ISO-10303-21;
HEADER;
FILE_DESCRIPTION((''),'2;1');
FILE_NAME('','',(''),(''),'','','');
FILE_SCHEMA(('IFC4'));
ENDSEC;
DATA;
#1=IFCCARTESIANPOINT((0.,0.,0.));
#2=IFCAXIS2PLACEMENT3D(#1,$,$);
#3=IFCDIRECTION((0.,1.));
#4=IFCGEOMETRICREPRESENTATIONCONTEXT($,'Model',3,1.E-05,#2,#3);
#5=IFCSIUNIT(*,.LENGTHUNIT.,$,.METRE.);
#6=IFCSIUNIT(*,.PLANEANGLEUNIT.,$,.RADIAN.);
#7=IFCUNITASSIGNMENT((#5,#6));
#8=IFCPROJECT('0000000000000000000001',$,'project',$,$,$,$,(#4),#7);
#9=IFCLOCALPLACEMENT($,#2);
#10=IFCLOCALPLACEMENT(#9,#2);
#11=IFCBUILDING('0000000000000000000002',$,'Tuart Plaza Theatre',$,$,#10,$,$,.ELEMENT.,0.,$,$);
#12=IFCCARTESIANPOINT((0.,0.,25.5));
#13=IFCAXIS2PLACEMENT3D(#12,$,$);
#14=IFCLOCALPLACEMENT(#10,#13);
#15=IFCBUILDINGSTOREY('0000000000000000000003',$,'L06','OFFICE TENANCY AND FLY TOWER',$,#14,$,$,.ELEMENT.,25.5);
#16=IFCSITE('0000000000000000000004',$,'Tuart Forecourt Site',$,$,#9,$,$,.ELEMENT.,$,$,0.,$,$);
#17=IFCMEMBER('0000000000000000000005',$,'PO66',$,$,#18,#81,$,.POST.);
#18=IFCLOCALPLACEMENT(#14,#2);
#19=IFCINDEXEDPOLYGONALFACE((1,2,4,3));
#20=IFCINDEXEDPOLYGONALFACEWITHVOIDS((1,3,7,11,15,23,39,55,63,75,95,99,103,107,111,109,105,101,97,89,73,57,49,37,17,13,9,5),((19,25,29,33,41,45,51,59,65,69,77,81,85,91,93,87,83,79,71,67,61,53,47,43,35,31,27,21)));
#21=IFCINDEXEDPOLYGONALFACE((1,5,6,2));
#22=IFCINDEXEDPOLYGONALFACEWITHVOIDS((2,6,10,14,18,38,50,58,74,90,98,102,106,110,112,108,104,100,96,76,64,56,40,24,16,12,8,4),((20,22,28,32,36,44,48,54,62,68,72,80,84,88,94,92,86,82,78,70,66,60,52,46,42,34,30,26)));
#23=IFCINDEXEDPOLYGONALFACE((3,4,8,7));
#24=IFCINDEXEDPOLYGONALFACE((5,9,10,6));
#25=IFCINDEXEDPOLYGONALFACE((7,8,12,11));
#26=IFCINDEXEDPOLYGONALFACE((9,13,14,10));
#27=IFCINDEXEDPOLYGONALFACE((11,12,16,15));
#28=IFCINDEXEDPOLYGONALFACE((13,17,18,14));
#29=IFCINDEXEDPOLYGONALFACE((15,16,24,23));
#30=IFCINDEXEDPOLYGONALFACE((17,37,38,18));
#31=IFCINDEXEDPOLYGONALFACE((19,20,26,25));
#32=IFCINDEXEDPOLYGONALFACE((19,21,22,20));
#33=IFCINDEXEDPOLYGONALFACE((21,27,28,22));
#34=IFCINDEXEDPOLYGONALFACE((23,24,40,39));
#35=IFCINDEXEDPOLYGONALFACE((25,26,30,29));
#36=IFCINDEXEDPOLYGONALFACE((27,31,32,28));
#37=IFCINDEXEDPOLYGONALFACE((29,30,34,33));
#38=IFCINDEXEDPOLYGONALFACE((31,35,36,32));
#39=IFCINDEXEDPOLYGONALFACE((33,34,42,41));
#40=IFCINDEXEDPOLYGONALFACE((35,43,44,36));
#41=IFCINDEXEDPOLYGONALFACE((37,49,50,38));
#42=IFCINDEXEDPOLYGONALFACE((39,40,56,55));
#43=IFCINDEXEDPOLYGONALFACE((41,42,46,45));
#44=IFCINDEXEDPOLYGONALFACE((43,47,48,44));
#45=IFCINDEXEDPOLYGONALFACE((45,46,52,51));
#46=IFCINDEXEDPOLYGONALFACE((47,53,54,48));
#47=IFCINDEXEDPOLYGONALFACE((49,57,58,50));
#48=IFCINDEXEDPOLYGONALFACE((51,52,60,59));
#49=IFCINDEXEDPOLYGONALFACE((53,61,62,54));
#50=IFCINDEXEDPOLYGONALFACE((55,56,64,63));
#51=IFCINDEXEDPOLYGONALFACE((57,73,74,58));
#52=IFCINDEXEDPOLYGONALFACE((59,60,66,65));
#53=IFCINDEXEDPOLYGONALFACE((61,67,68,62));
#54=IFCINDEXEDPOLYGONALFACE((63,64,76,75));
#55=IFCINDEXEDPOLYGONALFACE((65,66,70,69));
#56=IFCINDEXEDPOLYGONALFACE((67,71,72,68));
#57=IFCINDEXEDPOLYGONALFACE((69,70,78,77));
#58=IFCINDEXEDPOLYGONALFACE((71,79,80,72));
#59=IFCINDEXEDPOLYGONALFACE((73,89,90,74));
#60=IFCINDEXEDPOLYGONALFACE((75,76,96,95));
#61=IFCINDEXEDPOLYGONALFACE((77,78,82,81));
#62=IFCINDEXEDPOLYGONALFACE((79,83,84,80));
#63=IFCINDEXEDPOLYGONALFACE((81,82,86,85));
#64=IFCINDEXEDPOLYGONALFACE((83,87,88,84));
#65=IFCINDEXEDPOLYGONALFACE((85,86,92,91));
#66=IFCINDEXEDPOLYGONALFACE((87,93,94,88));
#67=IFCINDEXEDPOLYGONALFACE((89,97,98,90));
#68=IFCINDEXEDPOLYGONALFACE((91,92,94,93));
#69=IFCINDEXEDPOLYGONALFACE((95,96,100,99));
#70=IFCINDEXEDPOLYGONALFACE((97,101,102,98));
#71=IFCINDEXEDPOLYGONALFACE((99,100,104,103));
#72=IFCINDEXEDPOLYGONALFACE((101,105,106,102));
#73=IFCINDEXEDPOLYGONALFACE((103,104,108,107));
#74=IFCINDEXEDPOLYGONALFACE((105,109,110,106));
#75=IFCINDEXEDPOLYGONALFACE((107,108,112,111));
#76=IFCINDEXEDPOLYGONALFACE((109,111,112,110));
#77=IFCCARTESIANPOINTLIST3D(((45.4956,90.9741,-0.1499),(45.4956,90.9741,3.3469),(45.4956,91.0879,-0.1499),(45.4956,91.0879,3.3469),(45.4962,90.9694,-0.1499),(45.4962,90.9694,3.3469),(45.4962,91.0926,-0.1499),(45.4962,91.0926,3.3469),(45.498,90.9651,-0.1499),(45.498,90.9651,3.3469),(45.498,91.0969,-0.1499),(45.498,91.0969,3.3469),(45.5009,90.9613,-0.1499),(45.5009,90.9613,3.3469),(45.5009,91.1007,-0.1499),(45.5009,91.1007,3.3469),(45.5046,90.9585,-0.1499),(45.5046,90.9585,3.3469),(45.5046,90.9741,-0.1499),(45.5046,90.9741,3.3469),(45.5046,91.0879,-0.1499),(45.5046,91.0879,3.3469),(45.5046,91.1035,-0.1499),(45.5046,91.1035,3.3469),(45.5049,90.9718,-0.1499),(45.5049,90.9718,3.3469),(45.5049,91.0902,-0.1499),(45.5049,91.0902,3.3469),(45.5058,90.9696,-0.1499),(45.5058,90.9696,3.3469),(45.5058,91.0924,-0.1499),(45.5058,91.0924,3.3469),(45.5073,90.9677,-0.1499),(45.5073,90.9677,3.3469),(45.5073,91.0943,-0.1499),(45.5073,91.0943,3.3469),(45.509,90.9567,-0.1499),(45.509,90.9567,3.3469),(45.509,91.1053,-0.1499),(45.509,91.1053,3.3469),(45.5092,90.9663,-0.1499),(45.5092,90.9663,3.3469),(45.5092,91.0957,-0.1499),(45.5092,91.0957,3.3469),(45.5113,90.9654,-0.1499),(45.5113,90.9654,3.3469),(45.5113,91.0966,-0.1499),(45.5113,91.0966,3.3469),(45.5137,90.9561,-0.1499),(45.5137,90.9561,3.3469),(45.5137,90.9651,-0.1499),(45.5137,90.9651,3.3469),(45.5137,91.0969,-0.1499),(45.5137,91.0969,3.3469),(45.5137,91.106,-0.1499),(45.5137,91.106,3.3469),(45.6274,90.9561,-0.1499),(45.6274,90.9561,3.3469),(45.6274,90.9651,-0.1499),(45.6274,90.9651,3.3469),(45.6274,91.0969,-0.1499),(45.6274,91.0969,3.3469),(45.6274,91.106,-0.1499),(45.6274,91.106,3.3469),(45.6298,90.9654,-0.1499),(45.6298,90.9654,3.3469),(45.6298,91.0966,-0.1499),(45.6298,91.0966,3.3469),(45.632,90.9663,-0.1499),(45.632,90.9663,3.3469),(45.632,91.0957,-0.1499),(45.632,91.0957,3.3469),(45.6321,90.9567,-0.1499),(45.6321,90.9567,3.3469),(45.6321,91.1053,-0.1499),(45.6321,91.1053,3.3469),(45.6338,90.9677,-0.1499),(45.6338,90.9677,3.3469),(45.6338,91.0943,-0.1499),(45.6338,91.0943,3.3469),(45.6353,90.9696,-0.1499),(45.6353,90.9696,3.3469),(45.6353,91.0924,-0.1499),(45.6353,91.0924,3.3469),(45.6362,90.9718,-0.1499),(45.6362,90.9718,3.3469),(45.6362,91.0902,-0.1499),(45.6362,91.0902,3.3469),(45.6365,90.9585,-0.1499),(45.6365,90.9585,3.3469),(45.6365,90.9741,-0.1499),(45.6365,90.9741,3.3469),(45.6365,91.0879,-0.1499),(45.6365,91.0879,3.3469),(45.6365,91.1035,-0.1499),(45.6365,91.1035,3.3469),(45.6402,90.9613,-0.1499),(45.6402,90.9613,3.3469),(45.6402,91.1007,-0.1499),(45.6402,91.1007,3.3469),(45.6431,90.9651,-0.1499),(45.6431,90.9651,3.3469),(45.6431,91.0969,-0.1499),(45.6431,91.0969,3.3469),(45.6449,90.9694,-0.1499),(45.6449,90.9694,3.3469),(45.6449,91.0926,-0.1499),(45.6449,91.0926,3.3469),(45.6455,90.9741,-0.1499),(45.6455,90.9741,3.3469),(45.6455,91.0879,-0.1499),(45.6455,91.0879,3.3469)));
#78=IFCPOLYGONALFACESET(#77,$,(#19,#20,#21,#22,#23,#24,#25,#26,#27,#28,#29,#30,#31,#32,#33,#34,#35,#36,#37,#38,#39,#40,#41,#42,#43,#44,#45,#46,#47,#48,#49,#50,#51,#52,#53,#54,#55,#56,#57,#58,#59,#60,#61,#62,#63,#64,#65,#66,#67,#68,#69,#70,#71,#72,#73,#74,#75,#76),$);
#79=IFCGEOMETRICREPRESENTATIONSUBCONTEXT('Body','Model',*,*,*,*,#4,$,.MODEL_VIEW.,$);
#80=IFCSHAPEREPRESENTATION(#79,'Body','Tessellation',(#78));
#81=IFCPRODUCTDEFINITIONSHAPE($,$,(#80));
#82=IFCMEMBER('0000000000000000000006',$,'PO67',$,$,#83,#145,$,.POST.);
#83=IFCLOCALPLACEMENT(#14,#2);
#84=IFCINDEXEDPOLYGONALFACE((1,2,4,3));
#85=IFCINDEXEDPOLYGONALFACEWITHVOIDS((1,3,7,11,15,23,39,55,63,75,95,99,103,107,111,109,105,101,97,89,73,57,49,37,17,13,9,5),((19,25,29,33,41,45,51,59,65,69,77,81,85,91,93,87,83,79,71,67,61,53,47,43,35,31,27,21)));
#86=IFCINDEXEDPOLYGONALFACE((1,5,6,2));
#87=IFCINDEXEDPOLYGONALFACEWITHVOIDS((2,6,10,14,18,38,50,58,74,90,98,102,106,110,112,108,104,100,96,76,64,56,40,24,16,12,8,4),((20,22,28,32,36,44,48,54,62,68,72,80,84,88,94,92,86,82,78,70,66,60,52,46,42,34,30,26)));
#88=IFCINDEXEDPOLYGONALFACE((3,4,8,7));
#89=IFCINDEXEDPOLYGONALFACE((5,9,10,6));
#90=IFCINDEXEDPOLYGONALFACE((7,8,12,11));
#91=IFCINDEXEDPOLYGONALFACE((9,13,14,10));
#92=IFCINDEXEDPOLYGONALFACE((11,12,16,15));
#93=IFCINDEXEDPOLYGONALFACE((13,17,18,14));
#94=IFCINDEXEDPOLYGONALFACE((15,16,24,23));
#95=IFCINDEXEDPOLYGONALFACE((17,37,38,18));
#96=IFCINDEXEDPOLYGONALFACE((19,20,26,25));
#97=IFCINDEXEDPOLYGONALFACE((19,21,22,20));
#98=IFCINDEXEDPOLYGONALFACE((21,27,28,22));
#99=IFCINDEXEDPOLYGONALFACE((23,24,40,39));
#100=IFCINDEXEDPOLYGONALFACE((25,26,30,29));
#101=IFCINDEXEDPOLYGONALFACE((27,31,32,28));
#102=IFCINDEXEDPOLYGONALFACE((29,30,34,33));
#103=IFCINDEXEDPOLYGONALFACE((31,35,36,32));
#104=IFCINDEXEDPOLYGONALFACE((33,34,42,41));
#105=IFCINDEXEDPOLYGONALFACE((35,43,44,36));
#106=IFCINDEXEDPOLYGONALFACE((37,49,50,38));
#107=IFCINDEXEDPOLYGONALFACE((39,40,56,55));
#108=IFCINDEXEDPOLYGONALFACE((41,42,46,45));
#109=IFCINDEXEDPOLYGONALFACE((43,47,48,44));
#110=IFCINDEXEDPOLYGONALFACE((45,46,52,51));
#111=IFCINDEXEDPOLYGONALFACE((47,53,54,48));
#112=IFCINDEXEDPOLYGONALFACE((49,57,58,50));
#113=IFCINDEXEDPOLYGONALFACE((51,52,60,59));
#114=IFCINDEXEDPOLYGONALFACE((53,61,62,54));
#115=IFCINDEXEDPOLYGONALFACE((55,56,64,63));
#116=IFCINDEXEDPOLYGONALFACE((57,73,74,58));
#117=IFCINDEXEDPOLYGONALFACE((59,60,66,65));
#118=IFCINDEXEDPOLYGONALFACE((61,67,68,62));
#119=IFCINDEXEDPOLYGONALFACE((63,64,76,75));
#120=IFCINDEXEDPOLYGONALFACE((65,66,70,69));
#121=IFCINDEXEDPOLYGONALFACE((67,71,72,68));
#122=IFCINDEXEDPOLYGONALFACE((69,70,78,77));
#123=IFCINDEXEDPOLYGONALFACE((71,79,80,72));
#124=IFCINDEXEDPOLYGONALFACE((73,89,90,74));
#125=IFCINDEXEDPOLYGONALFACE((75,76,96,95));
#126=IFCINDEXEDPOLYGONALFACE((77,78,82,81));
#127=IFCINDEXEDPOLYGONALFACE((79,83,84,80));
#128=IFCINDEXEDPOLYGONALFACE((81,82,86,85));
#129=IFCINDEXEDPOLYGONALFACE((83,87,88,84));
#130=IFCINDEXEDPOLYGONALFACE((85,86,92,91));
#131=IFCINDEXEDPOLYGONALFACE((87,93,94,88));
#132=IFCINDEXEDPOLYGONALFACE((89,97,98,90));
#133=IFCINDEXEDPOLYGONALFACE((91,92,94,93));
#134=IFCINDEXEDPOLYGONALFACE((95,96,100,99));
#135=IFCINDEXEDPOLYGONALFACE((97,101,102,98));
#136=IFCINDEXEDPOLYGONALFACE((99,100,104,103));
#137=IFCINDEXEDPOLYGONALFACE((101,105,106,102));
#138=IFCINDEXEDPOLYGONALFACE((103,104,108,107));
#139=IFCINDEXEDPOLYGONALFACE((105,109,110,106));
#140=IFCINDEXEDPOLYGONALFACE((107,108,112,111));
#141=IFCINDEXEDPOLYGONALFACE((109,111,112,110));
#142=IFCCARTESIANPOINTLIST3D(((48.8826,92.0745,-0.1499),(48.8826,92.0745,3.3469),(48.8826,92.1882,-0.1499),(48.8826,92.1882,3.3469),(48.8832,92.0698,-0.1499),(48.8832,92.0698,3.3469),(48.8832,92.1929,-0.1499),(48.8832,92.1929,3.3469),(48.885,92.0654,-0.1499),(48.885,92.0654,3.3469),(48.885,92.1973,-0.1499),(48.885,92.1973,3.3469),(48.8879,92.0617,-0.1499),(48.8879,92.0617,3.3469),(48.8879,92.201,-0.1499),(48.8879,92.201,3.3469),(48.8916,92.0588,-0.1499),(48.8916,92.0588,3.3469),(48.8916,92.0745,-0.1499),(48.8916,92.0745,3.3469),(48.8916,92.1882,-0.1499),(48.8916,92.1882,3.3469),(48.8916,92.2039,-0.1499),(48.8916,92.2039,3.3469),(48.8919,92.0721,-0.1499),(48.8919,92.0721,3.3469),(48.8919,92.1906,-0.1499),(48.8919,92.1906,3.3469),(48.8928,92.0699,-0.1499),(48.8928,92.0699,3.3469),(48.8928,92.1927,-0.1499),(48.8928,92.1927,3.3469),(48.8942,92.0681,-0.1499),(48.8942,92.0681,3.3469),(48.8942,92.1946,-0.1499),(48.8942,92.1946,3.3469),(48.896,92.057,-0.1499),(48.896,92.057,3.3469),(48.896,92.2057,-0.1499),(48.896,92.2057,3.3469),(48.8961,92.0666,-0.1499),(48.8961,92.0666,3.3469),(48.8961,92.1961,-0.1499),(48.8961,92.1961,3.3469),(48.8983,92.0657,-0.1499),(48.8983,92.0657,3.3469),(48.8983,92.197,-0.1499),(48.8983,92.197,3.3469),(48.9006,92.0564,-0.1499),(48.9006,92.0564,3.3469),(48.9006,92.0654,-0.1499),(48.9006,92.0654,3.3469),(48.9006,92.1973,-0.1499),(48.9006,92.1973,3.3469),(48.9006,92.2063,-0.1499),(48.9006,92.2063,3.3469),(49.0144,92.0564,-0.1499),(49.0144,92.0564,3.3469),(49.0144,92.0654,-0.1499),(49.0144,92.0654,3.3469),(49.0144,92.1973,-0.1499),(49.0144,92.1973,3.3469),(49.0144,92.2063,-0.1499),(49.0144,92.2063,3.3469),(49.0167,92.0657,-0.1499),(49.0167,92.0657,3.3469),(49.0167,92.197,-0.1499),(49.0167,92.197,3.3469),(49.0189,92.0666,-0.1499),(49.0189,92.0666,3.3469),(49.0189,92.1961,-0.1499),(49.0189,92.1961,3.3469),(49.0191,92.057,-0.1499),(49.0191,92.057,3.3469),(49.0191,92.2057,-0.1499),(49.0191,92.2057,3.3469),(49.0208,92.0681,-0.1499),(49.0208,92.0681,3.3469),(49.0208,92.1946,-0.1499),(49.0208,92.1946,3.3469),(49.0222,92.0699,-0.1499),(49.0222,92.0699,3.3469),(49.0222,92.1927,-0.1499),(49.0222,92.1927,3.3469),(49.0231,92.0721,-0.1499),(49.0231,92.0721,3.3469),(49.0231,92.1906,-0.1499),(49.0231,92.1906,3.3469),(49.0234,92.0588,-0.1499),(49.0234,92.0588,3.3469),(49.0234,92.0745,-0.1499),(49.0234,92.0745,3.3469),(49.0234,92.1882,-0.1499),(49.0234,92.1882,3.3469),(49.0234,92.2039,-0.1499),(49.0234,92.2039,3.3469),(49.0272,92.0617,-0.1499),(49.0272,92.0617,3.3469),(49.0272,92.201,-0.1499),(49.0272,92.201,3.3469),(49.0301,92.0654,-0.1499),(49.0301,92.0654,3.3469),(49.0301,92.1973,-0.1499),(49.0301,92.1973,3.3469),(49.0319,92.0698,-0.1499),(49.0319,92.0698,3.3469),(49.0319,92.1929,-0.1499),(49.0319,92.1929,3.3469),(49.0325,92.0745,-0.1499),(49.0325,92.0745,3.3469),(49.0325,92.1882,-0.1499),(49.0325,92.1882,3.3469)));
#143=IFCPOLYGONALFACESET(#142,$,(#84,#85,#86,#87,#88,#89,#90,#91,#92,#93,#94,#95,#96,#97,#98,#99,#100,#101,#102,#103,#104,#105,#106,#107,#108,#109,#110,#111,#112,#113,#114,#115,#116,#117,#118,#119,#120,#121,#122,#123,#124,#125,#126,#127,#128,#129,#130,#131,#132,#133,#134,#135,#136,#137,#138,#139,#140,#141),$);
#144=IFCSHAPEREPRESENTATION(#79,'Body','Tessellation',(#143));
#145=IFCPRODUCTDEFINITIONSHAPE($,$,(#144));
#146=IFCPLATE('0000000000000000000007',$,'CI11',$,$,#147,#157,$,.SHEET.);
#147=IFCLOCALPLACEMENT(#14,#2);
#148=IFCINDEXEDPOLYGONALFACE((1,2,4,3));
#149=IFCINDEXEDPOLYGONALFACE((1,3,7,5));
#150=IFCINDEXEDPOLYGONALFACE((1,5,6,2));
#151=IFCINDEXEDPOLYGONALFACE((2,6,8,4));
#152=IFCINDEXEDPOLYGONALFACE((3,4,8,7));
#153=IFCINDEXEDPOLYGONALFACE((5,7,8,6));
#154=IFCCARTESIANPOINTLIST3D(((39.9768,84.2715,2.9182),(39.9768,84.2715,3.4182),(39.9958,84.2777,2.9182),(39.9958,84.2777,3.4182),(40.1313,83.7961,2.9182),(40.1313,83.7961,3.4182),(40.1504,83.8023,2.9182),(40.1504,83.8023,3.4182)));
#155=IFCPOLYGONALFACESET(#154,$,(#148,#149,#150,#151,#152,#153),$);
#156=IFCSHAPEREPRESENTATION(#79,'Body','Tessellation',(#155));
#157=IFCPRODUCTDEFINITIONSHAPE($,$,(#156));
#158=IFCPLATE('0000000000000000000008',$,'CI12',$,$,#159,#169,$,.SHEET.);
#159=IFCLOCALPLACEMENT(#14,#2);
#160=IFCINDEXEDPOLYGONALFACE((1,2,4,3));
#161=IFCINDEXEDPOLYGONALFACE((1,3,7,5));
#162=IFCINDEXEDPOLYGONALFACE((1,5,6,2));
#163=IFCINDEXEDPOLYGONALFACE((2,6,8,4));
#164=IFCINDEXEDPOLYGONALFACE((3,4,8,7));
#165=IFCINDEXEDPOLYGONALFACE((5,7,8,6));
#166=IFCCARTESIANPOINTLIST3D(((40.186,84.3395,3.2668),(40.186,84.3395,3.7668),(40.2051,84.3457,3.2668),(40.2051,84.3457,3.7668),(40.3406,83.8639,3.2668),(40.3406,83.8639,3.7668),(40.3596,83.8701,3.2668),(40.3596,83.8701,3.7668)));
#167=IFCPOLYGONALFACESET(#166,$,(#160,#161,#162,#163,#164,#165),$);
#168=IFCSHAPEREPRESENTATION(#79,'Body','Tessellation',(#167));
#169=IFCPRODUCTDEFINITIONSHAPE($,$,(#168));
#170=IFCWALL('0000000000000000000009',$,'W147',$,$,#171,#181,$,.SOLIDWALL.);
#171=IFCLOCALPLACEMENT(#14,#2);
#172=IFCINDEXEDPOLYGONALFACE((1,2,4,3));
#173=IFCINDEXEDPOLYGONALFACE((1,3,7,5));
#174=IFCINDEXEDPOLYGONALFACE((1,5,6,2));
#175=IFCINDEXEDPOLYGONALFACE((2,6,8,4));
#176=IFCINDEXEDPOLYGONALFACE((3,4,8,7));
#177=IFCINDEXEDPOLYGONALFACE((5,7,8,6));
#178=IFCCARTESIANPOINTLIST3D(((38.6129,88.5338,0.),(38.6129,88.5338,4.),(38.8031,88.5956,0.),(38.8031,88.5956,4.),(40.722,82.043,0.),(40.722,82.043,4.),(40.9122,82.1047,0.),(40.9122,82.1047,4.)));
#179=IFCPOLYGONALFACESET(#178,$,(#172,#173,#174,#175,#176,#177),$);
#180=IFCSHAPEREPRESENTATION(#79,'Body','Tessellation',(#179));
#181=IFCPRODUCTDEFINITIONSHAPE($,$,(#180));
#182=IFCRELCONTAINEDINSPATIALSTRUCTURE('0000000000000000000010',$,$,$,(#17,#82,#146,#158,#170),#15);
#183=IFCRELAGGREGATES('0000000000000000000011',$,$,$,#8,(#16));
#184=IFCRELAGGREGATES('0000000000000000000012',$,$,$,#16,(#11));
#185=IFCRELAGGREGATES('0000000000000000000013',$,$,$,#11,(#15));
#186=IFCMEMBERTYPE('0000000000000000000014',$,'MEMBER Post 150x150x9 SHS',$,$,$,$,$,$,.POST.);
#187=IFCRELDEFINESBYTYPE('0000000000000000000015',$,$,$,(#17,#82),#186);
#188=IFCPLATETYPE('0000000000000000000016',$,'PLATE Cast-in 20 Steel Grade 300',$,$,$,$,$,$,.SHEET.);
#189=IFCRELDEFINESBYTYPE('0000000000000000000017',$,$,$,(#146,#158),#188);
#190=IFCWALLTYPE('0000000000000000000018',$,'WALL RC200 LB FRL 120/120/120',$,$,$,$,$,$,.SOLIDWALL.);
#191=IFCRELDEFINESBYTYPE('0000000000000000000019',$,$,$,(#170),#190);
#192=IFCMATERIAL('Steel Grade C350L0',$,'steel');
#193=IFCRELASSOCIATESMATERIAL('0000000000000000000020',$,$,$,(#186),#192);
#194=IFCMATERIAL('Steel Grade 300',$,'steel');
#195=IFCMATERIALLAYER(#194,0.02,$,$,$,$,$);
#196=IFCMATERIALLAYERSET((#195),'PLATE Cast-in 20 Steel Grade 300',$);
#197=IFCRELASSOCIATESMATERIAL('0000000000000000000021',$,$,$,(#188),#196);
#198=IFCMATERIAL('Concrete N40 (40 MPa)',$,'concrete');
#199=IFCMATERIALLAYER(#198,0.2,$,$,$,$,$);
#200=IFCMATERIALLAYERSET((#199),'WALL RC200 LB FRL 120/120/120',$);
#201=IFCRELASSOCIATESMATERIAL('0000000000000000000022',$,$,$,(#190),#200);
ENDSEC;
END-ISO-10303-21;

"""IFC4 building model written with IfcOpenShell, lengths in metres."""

from ifc_helpers import new_model, si_unit, direction, frame, frame_2d, origin, origin_2d, place, context, subcontext, project, spatial, polyline, rectangle, hollow_rectangle, outline, extrude, material, layer, layer_set, material_profile, profile_set, type_object, element, save


model = new_model("IFC4")

# Units and contexts
model_context = context("Model", 3, precision=1e-05, world=origin(), true_north=direction((0.0, 1.0)))
body_context = subcontext(model_context, "Body", "Model", "MODEL_VIEW")
ifc_project = project(units=[si_unit("LENGTHUNIT", "METRE"), si_unit("PLANEANGLEUNIT", "RADIAN")], contexts=[model_context])

# Site, building, storey
site_placement = place(None, origin())
site = spatial("IfcSite", under=ifc_project, at=site_placement, Name="Tuart Forecourt Site", CompositionType="ELEMENT", RefElevation=0.0)
building_placement = place(site_placement, origin())
building = spatial("IfcBuilding", under=site, at=building_placement, Name="Tuart Plaza Theatre", CompositionType="ELEMENT", ElevationOfRefHeight=0.0)
storey_placement = place(building_placement, frame((0.0, 0.0, 25.5)))
storey = spatial("IfcBuildingStorey", under=building, at=storey_placement, Name="L06", Description="OFFICE TENANCY AND FLY TOWER", CompositionType="ELEMENT", Elevation=25.5)

# Members
ifc_material_1 = material(Name="Steel Grade C350L0", Category="steel")
ifc_material_profile_1 = material_profile(ifc_material_1, hollow_rectangle(XDim=0.1499, YDim=0.1499, WallThickness=0.009, InnerFilletRadius=0.009, OuterFilletRadius=0.0181, at=origin_2d()), Name="150x150x9 SHS")
ifc_profile_set_1 = profile_set([ifc_material_profile_1], Name="Steel Grade C350L0")
member_type_1 = type_object("IfcMemberType", Name="MEMBER Post 150x150x9 SHS", PredefinedType="POST", material=ifc_profile_set_1)
for number, where, z_axis, x_axis, name in (
    (1, (45.5706, 91.031, -0.1499), (0.0, 0.0, 1.0), (1.0, 0.0, 0.0), "PO66"),
    (2, (48.9575, 92.1313, -0.1499), (0.0, 0.0, 1.0), (1.0, 0.0, 0.0), "PO67"),
):
    element("IfcMember", number, at=place(storey_placement, frame(where, z_axis=z_axis, x_axis=x_axis)), inside=storey, type_object=member_type_1, Name=name, PredefinedType="POST", context=body_context, shape_type="SweptSolid", body=[
        extrude(hollow_rectangle(XDim=0.1499, YDim=0.1499, WallThickness=0.009, InnerFilletRadius=0.009, OuterFilletRadius=0.0181, at=origin_2d()), origin(), (0.0, 0.0, 1.0), 3.4968),
    ])

# Plates
ifc_material_2 = material(Name="Steel Grade 300", Category="steel")
ifc_layer_1 = layer(ifc_material_2, 0.02)
ifc_layer_set_1 = layer_set([ifc_layer_1], Name="PLATE Cast-in 20 Steel Grade 300")
plate_type = type_object("IfcPlateType", Name="PLATE Cast-in 20 Steel Grade 300", PredefinedType="SHEET", material=ifc_layer_set_1)
plate_1_placement = place(storey_placement, frame((40.1313, 83.7961, 3.4182), z_axis=(-0.951002, -0.309185, 0.0), x_axis=(-0.309185, 0.951002, 0.0)))
element("IfcPlate", 3, at=plate_1_placement, inside=storey, type_object=plate_type, Name="CI11", PredefinedType="SHEET", context=body_context, shape_type="SweptSolid", body=[
    extrude(outline(polyline([(0.0, 0.0), (0.4998, 0.0), (0.4998, 0.5), (0.0, 0.5), (0.0, 0.0)])), origin(), (0.0, 0.0, -1.0), 0.02),
])
plate_2_placement = place(storey_placement, frame((40.3596, 83.8701, 3.2668), z_axis=(0.951048, 0.309042, 0.0), x_axis=(-0.309042, 0.951048, 0.0)))
element("IfcPlate", 4, at=plate_2_placement, inside=storey, type_object=plate_type, Name="CI12", PredefinedType="SHEET", context=body_context, shape_type="SweptSolid", body=[
    extrude(outline(polyline([(0.0, 0.0), (0.5001, 0.0), (0.5001, 0.5), (0.0, 0.5), (0.0, 0.0)])), origin(), (0.0, 0.0, -1.0), 0.02),
])

# Wall
ifc_material_3 = material(Name="Concrete N40 (40 MPa)", Category="concrete")
ifc_layer_2 = layer(ifc_material_3, 0.2)
ifc_layer_set_2 = layer_set([ifc_layer_2], Name="WALL RC200 LB FRL 120/120/120")
wall_type = type_object("IfcWallType", Name="WALL RC200 LB FRL 120/120/120", PredefinedType="SOLIDWALL", material=ifc_layer_set_2)
wall_placement = place(storey_placement, frame((40.8171, 82.0737, 0.0), z_axis=(0.0, 0.0, 1.0), x_axis=(-0.309029, 0.951053, 0.0)))
element("IfcWall", 5, at=wall_placement, inside=storey, type_object=wall_type, Name="W147", PredefinedType="SOLIDWALL", context=body_context, shape_type="SweptSolid", body=[
    extrude(rectangle(XDim=6.825, YDim=0.2, at=frame_2d((3.4126, 0.0))), origin(), (0.0, 0.0, 1.0), 4.0),
])

save(model, "model.ifc")
